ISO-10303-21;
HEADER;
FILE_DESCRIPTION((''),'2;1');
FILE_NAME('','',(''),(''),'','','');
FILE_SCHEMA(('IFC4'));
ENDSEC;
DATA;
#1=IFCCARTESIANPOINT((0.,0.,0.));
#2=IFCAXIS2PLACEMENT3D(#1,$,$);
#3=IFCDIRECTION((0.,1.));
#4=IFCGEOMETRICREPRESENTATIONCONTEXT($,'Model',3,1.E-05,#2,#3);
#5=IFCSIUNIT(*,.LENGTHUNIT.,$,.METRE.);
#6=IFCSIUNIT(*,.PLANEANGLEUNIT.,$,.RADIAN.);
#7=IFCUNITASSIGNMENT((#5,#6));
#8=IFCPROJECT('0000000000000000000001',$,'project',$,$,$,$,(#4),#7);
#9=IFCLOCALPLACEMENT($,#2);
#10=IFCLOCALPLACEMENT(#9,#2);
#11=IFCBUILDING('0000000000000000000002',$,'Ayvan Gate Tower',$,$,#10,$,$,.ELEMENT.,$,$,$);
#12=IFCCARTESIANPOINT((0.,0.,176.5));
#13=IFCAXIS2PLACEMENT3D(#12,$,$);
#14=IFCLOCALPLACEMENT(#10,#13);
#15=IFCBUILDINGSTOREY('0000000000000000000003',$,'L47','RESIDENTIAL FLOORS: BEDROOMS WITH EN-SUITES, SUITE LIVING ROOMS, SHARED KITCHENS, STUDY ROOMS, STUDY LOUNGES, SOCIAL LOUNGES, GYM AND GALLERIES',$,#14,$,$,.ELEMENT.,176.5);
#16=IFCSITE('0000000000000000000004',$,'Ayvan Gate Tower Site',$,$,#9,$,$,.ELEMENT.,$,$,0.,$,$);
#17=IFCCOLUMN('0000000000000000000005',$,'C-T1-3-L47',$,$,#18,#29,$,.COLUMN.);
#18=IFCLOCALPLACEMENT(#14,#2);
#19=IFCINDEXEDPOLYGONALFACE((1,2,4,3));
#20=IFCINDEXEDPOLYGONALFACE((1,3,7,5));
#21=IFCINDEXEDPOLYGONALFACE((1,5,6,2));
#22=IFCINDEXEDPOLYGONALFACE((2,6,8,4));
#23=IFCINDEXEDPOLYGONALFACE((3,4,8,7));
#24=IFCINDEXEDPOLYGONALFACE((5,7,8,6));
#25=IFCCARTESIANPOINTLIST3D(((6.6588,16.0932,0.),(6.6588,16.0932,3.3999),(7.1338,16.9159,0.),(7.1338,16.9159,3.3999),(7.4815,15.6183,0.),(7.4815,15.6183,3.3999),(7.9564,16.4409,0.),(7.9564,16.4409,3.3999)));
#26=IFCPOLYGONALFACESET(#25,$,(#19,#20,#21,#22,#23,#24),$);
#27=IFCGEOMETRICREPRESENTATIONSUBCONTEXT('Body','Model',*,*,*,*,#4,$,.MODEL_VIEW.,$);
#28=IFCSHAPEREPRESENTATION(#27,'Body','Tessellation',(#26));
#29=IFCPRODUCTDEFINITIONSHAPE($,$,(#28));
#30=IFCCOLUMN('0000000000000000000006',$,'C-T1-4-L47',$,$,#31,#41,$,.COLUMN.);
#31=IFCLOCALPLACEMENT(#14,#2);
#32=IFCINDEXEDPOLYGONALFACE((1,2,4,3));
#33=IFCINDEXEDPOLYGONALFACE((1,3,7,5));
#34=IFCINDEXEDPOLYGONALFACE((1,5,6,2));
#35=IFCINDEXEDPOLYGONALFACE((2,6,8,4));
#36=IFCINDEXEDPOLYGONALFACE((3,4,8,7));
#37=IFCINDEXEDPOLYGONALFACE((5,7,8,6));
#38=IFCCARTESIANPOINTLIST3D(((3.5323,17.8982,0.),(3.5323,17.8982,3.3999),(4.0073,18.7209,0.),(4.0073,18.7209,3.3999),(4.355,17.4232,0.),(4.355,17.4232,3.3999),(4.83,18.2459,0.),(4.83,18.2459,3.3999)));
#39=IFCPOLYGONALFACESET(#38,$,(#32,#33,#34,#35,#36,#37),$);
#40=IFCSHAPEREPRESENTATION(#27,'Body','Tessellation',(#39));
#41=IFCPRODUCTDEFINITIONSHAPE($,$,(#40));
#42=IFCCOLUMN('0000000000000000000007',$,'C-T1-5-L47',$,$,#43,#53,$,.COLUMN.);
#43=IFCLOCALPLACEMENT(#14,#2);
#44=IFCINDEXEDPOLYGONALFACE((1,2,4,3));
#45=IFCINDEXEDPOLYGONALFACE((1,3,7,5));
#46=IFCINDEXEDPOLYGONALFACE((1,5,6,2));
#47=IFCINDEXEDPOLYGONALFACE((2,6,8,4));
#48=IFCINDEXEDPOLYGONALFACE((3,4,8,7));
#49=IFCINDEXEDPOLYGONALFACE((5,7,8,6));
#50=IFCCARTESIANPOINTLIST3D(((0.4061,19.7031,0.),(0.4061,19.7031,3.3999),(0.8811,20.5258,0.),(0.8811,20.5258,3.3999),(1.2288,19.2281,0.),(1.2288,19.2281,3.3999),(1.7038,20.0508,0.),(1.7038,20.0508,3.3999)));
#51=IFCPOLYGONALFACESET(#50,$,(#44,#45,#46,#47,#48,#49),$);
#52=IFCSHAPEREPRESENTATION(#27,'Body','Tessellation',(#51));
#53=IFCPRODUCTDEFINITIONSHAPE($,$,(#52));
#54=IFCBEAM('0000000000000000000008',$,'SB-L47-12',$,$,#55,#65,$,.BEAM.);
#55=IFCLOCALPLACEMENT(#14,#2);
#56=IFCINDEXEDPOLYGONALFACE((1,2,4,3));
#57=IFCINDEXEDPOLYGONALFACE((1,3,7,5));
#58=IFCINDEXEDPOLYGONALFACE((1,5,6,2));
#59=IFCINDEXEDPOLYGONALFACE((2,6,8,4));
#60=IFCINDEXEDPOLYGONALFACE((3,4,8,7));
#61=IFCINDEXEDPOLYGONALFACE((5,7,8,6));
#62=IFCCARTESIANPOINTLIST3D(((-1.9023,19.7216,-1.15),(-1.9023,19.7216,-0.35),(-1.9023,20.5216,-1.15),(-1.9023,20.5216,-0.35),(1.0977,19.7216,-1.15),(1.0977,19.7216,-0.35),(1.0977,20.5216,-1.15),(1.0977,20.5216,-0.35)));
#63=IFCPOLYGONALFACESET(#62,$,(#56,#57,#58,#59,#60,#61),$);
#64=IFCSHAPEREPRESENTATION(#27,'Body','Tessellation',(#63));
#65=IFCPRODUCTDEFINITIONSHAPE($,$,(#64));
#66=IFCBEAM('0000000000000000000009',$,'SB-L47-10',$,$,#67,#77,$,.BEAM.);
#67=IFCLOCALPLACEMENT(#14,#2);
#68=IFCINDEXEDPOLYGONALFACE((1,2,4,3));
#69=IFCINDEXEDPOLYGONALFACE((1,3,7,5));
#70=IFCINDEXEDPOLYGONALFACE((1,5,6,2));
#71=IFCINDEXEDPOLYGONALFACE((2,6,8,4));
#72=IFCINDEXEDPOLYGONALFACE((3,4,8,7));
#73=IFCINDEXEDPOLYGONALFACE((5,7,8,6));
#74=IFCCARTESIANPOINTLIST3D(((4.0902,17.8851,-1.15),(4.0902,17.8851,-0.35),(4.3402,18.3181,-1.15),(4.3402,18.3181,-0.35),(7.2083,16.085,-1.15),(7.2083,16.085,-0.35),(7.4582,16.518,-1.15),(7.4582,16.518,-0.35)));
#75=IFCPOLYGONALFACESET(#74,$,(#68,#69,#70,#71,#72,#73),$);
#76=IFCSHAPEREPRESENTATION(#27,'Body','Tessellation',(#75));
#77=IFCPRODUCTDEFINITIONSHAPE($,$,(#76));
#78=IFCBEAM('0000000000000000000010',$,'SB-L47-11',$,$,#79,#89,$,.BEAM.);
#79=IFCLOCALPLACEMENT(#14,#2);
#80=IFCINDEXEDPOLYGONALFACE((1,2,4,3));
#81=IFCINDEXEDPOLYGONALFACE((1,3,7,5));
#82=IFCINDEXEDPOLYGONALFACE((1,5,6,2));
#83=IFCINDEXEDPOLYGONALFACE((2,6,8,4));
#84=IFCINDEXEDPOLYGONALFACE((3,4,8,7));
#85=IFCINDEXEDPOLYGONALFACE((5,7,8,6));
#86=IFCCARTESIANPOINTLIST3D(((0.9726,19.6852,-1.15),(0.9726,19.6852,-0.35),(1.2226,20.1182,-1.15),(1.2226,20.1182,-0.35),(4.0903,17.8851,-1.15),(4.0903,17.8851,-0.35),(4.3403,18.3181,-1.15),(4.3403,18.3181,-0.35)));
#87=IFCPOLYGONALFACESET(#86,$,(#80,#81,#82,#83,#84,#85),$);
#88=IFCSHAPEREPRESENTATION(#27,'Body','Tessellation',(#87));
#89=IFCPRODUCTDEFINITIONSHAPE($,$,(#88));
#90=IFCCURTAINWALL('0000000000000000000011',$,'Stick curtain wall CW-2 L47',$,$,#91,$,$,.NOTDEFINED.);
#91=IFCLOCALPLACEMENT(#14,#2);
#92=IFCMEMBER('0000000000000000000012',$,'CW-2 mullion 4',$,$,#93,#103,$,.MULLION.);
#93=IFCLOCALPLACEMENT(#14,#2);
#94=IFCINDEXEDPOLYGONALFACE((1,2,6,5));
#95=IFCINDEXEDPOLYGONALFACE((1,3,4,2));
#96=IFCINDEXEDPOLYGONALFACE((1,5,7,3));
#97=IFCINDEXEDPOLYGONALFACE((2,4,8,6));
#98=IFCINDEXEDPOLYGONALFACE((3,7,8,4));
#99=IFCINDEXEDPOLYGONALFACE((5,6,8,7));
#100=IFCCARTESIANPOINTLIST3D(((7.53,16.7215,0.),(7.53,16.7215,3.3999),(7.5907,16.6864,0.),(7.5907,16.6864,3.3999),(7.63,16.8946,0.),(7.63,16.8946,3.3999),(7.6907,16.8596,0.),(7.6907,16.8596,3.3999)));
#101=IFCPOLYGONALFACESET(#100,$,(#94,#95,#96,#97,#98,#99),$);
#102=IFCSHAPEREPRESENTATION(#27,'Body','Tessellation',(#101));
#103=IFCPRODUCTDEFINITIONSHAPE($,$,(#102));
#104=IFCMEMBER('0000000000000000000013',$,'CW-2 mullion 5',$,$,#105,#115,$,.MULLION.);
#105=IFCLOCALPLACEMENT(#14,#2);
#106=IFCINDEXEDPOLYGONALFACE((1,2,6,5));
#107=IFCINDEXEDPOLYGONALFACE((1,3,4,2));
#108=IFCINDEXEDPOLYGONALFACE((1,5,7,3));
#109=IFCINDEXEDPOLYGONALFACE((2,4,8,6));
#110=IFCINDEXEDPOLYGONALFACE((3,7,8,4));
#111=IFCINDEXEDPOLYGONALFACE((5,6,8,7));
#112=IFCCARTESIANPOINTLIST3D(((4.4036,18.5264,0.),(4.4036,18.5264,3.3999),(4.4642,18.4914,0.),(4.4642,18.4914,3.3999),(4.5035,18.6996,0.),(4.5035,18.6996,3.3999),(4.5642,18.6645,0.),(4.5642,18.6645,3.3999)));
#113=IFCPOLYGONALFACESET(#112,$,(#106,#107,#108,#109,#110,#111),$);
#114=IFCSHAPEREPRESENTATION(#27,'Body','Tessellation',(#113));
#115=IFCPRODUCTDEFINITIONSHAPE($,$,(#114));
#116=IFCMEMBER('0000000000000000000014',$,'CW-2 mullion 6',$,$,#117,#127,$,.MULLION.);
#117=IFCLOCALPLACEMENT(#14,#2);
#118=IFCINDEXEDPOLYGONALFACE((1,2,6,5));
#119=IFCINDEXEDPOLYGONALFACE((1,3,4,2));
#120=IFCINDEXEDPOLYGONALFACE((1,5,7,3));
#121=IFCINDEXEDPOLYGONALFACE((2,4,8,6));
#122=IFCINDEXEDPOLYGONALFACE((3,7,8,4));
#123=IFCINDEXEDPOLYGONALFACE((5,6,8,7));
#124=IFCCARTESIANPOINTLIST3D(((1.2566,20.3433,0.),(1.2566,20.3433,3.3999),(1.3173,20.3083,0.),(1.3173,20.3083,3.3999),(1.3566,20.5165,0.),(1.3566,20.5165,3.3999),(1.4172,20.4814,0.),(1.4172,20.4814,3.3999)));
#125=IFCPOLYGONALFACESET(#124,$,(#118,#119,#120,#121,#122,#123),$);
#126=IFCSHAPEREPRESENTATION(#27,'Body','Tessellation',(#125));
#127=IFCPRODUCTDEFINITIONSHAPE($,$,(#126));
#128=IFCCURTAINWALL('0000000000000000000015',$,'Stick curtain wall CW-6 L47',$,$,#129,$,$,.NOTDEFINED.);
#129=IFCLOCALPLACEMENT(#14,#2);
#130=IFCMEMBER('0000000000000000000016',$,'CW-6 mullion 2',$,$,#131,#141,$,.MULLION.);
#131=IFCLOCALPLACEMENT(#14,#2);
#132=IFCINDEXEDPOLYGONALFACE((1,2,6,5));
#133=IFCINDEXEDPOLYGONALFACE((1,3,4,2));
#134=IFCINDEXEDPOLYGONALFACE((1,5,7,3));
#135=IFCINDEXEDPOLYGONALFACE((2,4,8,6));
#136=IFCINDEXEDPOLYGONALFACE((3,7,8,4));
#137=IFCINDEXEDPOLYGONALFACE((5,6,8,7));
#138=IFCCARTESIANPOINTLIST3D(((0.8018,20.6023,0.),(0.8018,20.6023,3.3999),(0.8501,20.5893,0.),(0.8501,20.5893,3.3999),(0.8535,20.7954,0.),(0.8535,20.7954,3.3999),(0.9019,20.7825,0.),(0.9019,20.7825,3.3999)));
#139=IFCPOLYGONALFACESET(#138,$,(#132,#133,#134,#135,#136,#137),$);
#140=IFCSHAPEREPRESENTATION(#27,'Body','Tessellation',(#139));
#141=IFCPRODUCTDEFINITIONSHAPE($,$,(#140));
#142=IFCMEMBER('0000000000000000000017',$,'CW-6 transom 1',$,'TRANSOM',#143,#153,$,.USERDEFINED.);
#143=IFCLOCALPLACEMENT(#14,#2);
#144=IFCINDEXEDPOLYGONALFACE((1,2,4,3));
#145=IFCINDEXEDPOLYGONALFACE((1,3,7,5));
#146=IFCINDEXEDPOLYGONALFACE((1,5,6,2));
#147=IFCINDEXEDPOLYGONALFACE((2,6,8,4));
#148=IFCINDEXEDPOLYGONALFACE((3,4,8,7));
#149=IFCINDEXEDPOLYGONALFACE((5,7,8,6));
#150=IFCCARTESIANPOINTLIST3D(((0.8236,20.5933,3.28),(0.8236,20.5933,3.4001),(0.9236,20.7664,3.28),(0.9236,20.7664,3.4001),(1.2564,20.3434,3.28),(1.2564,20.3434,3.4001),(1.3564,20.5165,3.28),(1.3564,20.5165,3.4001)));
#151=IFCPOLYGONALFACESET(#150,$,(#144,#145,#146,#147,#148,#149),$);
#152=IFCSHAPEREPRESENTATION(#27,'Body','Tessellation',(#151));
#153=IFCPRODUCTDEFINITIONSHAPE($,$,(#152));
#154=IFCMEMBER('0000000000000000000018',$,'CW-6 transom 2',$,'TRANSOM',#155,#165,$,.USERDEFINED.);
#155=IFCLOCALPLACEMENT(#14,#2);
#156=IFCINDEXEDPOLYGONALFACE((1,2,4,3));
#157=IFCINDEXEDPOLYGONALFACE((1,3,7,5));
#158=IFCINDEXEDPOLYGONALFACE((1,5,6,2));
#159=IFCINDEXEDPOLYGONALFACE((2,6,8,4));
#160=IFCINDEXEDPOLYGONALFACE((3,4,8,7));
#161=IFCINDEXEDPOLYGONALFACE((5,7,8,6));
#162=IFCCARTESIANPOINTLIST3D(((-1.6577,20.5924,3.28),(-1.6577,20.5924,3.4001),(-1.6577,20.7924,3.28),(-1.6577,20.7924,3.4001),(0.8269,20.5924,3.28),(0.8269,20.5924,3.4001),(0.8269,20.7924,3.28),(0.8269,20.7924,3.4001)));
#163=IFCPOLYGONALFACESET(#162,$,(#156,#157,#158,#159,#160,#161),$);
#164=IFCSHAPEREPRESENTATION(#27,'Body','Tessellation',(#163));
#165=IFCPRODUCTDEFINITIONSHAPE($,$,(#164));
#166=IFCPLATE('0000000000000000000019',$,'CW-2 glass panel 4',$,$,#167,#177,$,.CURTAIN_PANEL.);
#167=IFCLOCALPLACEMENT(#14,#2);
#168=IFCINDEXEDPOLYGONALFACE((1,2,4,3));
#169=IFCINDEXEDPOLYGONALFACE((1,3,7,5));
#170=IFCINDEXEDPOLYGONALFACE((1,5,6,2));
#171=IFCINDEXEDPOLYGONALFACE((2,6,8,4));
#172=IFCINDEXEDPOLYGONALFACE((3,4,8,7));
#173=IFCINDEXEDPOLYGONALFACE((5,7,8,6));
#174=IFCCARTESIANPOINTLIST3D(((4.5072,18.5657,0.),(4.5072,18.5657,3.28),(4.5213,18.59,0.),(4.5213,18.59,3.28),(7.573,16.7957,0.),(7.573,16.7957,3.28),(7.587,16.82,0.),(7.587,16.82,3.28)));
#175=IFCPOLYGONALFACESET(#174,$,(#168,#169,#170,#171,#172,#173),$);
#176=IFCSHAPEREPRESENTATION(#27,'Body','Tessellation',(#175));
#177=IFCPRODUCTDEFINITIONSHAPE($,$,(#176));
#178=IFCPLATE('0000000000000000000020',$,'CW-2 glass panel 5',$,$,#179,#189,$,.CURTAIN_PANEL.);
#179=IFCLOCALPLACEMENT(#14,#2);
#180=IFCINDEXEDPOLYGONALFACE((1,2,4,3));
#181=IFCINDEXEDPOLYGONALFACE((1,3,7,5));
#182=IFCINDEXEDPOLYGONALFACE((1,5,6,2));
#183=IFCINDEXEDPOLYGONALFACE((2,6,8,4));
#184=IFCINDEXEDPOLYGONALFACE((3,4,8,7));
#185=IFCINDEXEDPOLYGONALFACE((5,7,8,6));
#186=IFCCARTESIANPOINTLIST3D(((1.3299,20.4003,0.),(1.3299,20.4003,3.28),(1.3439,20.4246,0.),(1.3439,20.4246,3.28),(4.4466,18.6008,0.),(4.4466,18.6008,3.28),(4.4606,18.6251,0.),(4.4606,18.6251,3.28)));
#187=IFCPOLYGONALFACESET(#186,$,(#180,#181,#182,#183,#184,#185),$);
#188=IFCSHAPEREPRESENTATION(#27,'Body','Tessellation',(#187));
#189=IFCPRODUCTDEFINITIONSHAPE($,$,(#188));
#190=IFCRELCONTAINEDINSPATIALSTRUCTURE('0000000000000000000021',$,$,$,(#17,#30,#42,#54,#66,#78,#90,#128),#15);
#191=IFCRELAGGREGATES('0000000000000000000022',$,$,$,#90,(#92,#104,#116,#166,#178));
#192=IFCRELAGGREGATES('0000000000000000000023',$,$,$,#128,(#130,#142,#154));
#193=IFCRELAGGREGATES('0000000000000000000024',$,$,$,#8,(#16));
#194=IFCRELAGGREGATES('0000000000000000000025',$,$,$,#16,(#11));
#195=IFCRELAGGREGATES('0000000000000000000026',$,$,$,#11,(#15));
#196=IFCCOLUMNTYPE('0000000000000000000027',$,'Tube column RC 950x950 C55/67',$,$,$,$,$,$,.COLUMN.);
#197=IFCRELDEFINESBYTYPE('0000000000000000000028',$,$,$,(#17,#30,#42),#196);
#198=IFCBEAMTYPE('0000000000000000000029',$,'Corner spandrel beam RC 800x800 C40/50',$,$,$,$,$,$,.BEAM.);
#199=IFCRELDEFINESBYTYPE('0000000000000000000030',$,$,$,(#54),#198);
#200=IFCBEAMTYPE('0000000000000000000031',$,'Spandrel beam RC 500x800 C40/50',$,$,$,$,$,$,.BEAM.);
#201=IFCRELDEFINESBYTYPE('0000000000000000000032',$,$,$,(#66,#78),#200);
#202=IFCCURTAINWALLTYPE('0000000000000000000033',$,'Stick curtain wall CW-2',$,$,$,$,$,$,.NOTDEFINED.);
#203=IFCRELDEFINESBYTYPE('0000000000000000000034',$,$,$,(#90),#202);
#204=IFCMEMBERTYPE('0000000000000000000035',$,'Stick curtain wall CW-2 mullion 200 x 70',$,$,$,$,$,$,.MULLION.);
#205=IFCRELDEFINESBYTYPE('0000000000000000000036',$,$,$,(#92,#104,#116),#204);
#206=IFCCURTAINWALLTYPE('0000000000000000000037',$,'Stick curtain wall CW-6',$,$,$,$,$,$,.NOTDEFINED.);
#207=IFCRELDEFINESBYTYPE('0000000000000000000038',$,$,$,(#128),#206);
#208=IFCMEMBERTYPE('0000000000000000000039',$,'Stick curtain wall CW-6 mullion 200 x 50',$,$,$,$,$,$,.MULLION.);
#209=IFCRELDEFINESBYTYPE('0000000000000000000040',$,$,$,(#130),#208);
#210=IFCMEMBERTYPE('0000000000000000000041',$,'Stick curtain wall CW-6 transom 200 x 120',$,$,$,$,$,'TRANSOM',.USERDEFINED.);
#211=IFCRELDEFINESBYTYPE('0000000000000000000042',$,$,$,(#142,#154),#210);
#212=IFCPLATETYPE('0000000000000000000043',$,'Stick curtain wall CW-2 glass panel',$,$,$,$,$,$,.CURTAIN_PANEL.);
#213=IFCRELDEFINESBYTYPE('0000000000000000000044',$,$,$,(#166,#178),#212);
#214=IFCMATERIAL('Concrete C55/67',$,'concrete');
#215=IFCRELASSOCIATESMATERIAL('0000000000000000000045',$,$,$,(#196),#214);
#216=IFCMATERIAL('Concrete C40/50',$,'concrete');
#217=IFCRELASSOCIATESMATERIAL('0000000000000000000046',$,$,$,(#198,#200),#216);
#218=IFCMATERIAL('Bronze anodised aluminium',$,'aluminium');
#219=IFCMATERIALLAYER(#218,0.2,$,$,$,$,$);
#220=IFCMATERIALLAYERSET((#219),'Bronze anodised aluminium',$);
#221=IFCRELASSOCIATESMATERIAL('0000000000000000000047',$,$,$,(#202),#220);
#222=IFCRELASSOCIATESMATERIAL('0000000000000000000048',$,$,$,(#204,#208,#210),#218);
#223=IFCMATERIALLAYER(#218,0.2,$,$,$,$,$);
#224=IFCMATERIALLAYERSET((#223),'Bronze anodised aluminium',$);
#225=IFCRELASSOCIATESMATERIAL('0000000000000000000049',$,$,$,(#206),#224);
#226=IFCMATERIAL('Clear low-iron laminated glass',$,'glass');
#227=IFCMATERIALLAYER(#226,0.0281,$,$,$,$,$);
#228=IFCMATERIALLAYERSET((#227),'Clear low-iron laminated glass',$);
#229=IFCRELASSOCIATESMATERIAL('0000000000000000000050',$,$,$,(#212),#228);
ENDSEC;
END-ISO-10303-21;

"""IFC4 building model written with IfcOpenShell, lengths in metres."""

from ifc_helpers import new_model, si_unit, direction, frame, origin, origin_2d, place, context, subcontext, project, spatial, rectangle, extrude, material, layer, layer_set, material_profile, profile_set, type_object, element, aggregate, save


model = new_model("IFC4")

# Units and contexts
model_context = context("Model", 3, precision=1e-05, world=origin(), true_north=direction((0.0, 1.0)))
body_context = subcontext(model_context, "Body", "Model", "MODEL_VIEW")
ifc_project = project(units=[si_unit("LENGTHUNIT", "METRE"), si_unit("PLANEANGLEUNIT", "RADIAN")], contexts=[model_context])

# Site, building, storey
site_placement = place(None, origin())
site = spatial("IfcSite", under=ifc_project, at=site_placement, Name="Ayvan Gate Tower Site", CompositionType="ELEMENT", RefElevation=0.0)
building_placement = place(site_placement, origin())
building = spatial("IfcBuilding", under=site, at=building_placement, Name="Ayvan Gate Tower", CompositionType="ELEMENT")
storey_placement = place(building_placement, frame((0.0, 0.0, 176.5)))
storey = spatial("IfcBuildingStorey", under=building, at=storey_placement, Name="L47", Description="RESIDENTIAL FLOORS: BEDROOMS WITH EN-SUITES, SUITE LIVING ROOMS, SHARED KITCHENS, STUDY ROOMS, STUDY LOUNGES, SOCIAL LOUNGES, GYM AND GALLERIES", CompositionType="ELEMENT", Elevation=176.5)

# Columns
ifc_material_1 = material(Name="Concrete C55/67", Category="concrete")
ifc_material_profile_1 = material_profile(ifc_material_1, rectangle(XDim=0.95, YDim=0.95, at=origin_2d()), Name="RC 950x950")
ifc_profile_set_1 = profile_set([ifc_material_profile_1], Name="Concrete C55/67")
column_type = type_object("IfcColumnType", Name="Tube column RC 950x950 C55/67", PredefinedType="COLUMN", material=ifc_profile_set_1)
for number, where, z_axis, x_axis, name in (
    (1, (7.3076, 16.2671, 0.0), (0.0, 0.0, 1.0), (0.5, 0.866025, 0.0), "C-T1-3-L47"),
    (2, (4.1812, 18.072, 0.0), (0.0, 0.0, 1.0), (0.5, 0.866025, 0.0), "C-T1-4-L47"),
    (3, (1.0549, 19.877, 0.0), (0.0, 0.0, 1.0), (0.5, 0.866025, 0.0), "C-T1-5-L47"),
):
    element("IfcColumn", number, at=place(storey_placement, frame(where, z_axis=z_axis, x_axis=x_axis)), inside=storey, type_object=column_type, Name=name, PredefinedType="COLUMN", context=body_context, shape_type="SweptSolid", body=[
        extrude(rectangle(XDim=0.95, YDim=0.95, at=origin_2d()), origin(), (0.0, 0.0, 1.0), 3.3999),
    ])

# Beams
ifc_material_2 = material(Name="Concrete C40/50", Category="concrete")
ifc_material_profile_2 = material_profile(ifc_material_2, rectangle(XDim=0.8, YDim=0.8, at=origin_2d()), Name="RC 800x800")
ifc_profile_set_2 = profile_set([ifc_material_profile_2], Name="Concrete C40/50")
beam_type_1 = type_object("IfcBeamType", Name="Corner spandrel beam RC 800x800 C40/50", PredefinedType="BEAM", material=ifc_profile_set_2)
beam_1_placement = place(storey_placement, frame((1.0977, 20.1216, -0.75), z_axis=(-1.0, 0.0, 0.0), x_axis=(0.0, -1.0, 0.0)))
element("IfcBeam", 4, at=beam_1_placement, inside=storey, type_object=beam_type_1, Name="SB-L47-12", PredefinedType="BEAM", context=body_context, shape_type="SweptSolid", body=[
    extrude(rectangle(XDim=0.8, YDim=0.8, at=origin_2d()), origin(), (0.0, 0.0, 1.0), 3.0),
])
ifc_material_profile_3 = material_profile(ifc_material_2, rectangle(XDim=0.5, YDim=0.8, at=origin_2d()), Name="RC 500x800")
ifc_profile_set_3 = profile_set([ifc_material_profile_3], Name="Concrete C40/50")
beam_type_2 = type_object("IfcBeamType", Name="Spandrel beam RC 500x800 C40/50", PredefinedType="BEAM", material=ifc_profile_set_3)
beam_2_placement = place(storey_placement, frame((7.3333, 16.3015, -0.75), z_axis=(-0.866035, 0.499983, 0.0), x_axis=(-0.499983, -0.866035, 0.0)))
element("IfcBeam", 5, at=beam_2_placement, inside=storey, type_object=beam_type_2, Name="SB-L47-10", PredefinedType="BEAM", context=body_context, shape_type="SweptSolid", body=[
    extrude(rectangle(XDim=0.5, YDim=0.8, at=origin_2d()), origin(), (0.0, 0.0, 1.0), 3.6003),
])
beam_3_placement = place(storey_placement, frame((4.2153, 18.1016, -0.75), z_axis=(-0.866018, 0.500012, 0.0), x_axis=(-0.500012, -0.866018, 0.0)))
element("IfcBeam", 6, at=beam_3_placement, inside=storey, type_object=beam_type_2, Name="SB-L47-11", PredefinedType="BEAM", context=body_context, shape_type="SweptSolid", body=[
    extrude(rectangle(XDim=0.5, YDim=0.8, at=origin_2d()), origin(), (0.0, 0.0, 1.0), 3.6001),
])

# Curtain walls, members
ifc_material_3 = material(Name="Bronze anodised aluminium", Category="aluminium")
ifc_layer_1 = layer(ifc_material_3, 0.2)
ifc_layer_set_1 = layer_set([ifc_layer_1], Name="Bronze anodised aluminium")
curtain_wall_type_1 = type_object("IfcCurtainWallType", Name="Stick curtain wall CW-2", PredefinedType="NOTDEFINED", material=ifc_layer_set_1)
curtain_wall_1_placement = place(storey_placement, origin())
curtain_wall_1 = element("IfcCurtainWall", 7, at=curtain_wall_1_placement, inside=storey, type_object=curtain_wall_type_1, Name="Stick curtain wall CW-2 L47", PredefinedType="NOTDEFINED")
ifc_material_profile_4 = material_profile(ifc_material_3, rectangle(XDim=0.2, YDim=0.0701, at=origin_2d()), Name="Stick curtain wall CW-2 mullion 200 x 70")
ifc_profile_set_4 = profile_set([ifc_material_profile_4], Name="Bronze anodised aluminium")
member_type_1 = type_object("IfcMemberType", Name="Stick curtain wall CW-2 mullion 200 x 70", PredefinedType="MULLION", material=ifc_profile_set_4)
member_1_placement = place(storey_placement, frame((7.6104, 16.7905, 0.0), z_axis=(0.0, 0.0, 1.0), x_axis=(0.5, 0.866025, 0.0)))
member_1 = element("IfcMember", 8, at=member_1_placement, type_object=member_type_1, Name="CW-2 mullion 4", PredefinedType="MULLION", context=body_context, shape_type="SweptSolid", body=[
    extrude(rectangle(XDim=0.2, YDim=0.0701, at=origin_2d()), origin(), (0.0, 0.0, 1.0), 3.3999),
])
member_2_placement = place(storey_placement, frame((4.4839, 18.5955, 0.0), z_axis=(0.0, 0.0, 1.0), x_axis=(0.5, 0.866025, 0.0)))
member_2 = element("IfcMember", 9, at=member_2_placement, type_object=member_type_1, Name="CW-2 mullion 5", PredefinedType="MULLION", context=body_context, shape_type="SweptSolid", body=[
    extrude(rectangle(XDim=0.2, YDim=0.0701, at=origin_2d()), origin(), (0.0, 0.0, 1.0), 3.3999),
])
member_3_placement = place(storey_placement, frame((1.3369, 20.4124, 0.0), z_axis=(0.0, 0.0, 1.0), x_axis=(0.5, 0.866025, 0.0)))
member_3 = element("IfcMember", 10, at=member_3_placement, type_object=member_type_1, Name="CW-2 mullion 6", PredefinedType="MULLION", context=body_context, shape_type="SweptSolid", body=[
    extrude(rectangle(XDim=0.2, YDim=0.0701, at=origin_2d()), origin(), (0.0, 0.0, 1.0), 3.3999),
])
ifc_layer_2 = layer(ifc_material_3, 0.2)
ifc_layer_set_2 = layer_set([ifc_layer_2], Name="Bronze anodised aluminium")
curtain_wall_type_2 = type_object("IfcCurtainWallType", Name="Stick curtain wall CW-6", PredefinedType="NOTDEFINED", material=ifc_layer_set_2)
curtain_wall_2_placement = place(storey_placement, origin())
curtain_wall_2 = element("IfcCurtainWall", 11, at=curtain_wall_2_placement, inside=storey, type_object=curtain_wall_type_2, Name="Stick curtain wall CW-6 L47", PredefinedType="NOTDEFINED")
ifc_material_profile_5 = material_profile(ifc_material_3, rectangle(XDim=0.2, YDim=0.05, at=origin_2d()), Name="Stick curtain wall CW-6 mullion 200 x 50")
ifc_profile_set_5 = profile_set([ifc_material_profile_5], Name="Bronze anodised aluminium")
member_type_2 = type_object("IfcMemberType", Name="Stick curtain wall CW-6 mullion 200 x 50", PredefinedType="MULLION", material=ifc_profile_set_5)
member_4_placement = place(storey_placement, frame((0.8518, 20.6924, 0.0), z_axis=(0.0, 0.0, 1.0), x_axis=(0.258819, 0.965926, 0.0)))
member_4 = element("IfcMember", 12, at=member_4_placement, type_object=member_type_2, Name="CW-6 mullion 2", PredefinedType="MULLION", context=body_context, shape_type="SweptSolid", body=[
    extrude(rectangle(XDim=0.2, YDim=0.05, at=origin_2d()), origin(), (0.0, 0.0, 1.0), 3.3999),
])
ifc_material_profile_6 = material_profile(ifc_material_3, rectangle(XDim=0.2, YDim=0.1201, at=origin_2d()), Name="Stick curtain wall CW-6 transom 200 x 120")
ifc_profile_set_6 = profile_set([ifc_material_profile_6], Name="Bronze anodised aluminium")
member_type_3 = type_object("IfcMemberType", Name="Stick curtain wall CW-6 transom 200 x 120", ElementType="TRANSOM", PredefinedType="USERDEFINED", material=ifc_profile_set_6)
member_5_placement = place(storey_placement, frame((1.3064, 20.4299, 3.3401), z_axis=(-0.86595, 0.500131, 0.0), x_axis=(-0.500131, -0.86595, 0.0)))
member_5 = element("IfcMember", 13, at=member_5_placement, type_object=member_type_3, Name="CW-6 transom 1", ObjectType="TRANSOM", PredefinedType="USERDEFINED", context=body_context, shape_type="SweptSolid", body=[
    extrude(rectangle(XDim=0.2, YDim=0.1201, at=origin_2d()), origin(), (0.0, 0.0, 1.0), 0.4998),
])
member_6_placement = place(storey_placement, frame((0.8269, 20.6924, 3.3401), z_axis=(-1.0, 0.0, 0.0), x_axis=(0.0, -1.0, 0.0)))
member_6 = element("IfcMember", 14, at=member_6_placement, type_object=member_type_3, Name="CW-6 transom 2", ObjectType="TRANSOM", PredefinedType="USERDEFINED", context=body_context, shape_type="SweptSolid", body=[
    extrude(rectangle(XDim=0.2, YDim=0.1201, at=origin_2d()), origin(), (0.0, 0.0, 1.0), 2.4846),
])

# Plates
ifc_material_4 = material(Name="Clear low-iron laminated glass", Category="glass")
ifc_layer_3 = layer(ifc_material_4, 0.0281)
ifc_layer_set_3 = layer_set([ifc_layer_3], Name="Clear low-iron laminated glass")
plate_type_1 = type_object("IfcPlateType", Name="Stick curtain wall CW-2 glass panel", PredefinedType="CURTAIN_PANEL", material=ifc_layer_set_3)
plate_1_placement = place(storey_placement, frame((6.0471, 17.6929, 0.0), z_axis=(0.0, 0.0, 1.0), x_axis=(-0.866025, 0.5, 0.0)))
plate_1 = element("IfcPlate", 15, at=plate_1_placement, type_object=plate_type_1, Name="CW-2 glass panel 4", PredefinedType="CURTAIN_PANEL", context=body_context, shape_type="SweptSolid", body=[
    extrude(rectangle(XDim=3.54, YDim=0.0281, at=origin_2d()), origin(), (0.0, 0.0, 1.0), 3.28),
])
plate_2_placement = place(storey_placement, frame((2.8953, 19.5127, 0.0), z_axis=(0.0, 0.0, 1.0), x_axis=(-0.866025, 0.5, 0.0)))
plate_2 = element("IfcPlate", 16, at=plate_2_placement, type_object=plate_type_1, Name="CW-2 glass panel 5", PredefinedType="CURTAIN_PANEL", context=body_context, shape_type="SweptSolid", body=[
    extrude(rectangle(XDim=3.5989, YDim=0.0281, at=origin_2d()), origin(), (0.0, 0.0, 1.0), 3.28),
])
aggregate(curtain_wall_1, [member_1, member_2, member_3, plate_1, plate_2])
aggregate(curtain_wall_2, [member_4, member_5, member_6])

save(model, "model.ifc")
